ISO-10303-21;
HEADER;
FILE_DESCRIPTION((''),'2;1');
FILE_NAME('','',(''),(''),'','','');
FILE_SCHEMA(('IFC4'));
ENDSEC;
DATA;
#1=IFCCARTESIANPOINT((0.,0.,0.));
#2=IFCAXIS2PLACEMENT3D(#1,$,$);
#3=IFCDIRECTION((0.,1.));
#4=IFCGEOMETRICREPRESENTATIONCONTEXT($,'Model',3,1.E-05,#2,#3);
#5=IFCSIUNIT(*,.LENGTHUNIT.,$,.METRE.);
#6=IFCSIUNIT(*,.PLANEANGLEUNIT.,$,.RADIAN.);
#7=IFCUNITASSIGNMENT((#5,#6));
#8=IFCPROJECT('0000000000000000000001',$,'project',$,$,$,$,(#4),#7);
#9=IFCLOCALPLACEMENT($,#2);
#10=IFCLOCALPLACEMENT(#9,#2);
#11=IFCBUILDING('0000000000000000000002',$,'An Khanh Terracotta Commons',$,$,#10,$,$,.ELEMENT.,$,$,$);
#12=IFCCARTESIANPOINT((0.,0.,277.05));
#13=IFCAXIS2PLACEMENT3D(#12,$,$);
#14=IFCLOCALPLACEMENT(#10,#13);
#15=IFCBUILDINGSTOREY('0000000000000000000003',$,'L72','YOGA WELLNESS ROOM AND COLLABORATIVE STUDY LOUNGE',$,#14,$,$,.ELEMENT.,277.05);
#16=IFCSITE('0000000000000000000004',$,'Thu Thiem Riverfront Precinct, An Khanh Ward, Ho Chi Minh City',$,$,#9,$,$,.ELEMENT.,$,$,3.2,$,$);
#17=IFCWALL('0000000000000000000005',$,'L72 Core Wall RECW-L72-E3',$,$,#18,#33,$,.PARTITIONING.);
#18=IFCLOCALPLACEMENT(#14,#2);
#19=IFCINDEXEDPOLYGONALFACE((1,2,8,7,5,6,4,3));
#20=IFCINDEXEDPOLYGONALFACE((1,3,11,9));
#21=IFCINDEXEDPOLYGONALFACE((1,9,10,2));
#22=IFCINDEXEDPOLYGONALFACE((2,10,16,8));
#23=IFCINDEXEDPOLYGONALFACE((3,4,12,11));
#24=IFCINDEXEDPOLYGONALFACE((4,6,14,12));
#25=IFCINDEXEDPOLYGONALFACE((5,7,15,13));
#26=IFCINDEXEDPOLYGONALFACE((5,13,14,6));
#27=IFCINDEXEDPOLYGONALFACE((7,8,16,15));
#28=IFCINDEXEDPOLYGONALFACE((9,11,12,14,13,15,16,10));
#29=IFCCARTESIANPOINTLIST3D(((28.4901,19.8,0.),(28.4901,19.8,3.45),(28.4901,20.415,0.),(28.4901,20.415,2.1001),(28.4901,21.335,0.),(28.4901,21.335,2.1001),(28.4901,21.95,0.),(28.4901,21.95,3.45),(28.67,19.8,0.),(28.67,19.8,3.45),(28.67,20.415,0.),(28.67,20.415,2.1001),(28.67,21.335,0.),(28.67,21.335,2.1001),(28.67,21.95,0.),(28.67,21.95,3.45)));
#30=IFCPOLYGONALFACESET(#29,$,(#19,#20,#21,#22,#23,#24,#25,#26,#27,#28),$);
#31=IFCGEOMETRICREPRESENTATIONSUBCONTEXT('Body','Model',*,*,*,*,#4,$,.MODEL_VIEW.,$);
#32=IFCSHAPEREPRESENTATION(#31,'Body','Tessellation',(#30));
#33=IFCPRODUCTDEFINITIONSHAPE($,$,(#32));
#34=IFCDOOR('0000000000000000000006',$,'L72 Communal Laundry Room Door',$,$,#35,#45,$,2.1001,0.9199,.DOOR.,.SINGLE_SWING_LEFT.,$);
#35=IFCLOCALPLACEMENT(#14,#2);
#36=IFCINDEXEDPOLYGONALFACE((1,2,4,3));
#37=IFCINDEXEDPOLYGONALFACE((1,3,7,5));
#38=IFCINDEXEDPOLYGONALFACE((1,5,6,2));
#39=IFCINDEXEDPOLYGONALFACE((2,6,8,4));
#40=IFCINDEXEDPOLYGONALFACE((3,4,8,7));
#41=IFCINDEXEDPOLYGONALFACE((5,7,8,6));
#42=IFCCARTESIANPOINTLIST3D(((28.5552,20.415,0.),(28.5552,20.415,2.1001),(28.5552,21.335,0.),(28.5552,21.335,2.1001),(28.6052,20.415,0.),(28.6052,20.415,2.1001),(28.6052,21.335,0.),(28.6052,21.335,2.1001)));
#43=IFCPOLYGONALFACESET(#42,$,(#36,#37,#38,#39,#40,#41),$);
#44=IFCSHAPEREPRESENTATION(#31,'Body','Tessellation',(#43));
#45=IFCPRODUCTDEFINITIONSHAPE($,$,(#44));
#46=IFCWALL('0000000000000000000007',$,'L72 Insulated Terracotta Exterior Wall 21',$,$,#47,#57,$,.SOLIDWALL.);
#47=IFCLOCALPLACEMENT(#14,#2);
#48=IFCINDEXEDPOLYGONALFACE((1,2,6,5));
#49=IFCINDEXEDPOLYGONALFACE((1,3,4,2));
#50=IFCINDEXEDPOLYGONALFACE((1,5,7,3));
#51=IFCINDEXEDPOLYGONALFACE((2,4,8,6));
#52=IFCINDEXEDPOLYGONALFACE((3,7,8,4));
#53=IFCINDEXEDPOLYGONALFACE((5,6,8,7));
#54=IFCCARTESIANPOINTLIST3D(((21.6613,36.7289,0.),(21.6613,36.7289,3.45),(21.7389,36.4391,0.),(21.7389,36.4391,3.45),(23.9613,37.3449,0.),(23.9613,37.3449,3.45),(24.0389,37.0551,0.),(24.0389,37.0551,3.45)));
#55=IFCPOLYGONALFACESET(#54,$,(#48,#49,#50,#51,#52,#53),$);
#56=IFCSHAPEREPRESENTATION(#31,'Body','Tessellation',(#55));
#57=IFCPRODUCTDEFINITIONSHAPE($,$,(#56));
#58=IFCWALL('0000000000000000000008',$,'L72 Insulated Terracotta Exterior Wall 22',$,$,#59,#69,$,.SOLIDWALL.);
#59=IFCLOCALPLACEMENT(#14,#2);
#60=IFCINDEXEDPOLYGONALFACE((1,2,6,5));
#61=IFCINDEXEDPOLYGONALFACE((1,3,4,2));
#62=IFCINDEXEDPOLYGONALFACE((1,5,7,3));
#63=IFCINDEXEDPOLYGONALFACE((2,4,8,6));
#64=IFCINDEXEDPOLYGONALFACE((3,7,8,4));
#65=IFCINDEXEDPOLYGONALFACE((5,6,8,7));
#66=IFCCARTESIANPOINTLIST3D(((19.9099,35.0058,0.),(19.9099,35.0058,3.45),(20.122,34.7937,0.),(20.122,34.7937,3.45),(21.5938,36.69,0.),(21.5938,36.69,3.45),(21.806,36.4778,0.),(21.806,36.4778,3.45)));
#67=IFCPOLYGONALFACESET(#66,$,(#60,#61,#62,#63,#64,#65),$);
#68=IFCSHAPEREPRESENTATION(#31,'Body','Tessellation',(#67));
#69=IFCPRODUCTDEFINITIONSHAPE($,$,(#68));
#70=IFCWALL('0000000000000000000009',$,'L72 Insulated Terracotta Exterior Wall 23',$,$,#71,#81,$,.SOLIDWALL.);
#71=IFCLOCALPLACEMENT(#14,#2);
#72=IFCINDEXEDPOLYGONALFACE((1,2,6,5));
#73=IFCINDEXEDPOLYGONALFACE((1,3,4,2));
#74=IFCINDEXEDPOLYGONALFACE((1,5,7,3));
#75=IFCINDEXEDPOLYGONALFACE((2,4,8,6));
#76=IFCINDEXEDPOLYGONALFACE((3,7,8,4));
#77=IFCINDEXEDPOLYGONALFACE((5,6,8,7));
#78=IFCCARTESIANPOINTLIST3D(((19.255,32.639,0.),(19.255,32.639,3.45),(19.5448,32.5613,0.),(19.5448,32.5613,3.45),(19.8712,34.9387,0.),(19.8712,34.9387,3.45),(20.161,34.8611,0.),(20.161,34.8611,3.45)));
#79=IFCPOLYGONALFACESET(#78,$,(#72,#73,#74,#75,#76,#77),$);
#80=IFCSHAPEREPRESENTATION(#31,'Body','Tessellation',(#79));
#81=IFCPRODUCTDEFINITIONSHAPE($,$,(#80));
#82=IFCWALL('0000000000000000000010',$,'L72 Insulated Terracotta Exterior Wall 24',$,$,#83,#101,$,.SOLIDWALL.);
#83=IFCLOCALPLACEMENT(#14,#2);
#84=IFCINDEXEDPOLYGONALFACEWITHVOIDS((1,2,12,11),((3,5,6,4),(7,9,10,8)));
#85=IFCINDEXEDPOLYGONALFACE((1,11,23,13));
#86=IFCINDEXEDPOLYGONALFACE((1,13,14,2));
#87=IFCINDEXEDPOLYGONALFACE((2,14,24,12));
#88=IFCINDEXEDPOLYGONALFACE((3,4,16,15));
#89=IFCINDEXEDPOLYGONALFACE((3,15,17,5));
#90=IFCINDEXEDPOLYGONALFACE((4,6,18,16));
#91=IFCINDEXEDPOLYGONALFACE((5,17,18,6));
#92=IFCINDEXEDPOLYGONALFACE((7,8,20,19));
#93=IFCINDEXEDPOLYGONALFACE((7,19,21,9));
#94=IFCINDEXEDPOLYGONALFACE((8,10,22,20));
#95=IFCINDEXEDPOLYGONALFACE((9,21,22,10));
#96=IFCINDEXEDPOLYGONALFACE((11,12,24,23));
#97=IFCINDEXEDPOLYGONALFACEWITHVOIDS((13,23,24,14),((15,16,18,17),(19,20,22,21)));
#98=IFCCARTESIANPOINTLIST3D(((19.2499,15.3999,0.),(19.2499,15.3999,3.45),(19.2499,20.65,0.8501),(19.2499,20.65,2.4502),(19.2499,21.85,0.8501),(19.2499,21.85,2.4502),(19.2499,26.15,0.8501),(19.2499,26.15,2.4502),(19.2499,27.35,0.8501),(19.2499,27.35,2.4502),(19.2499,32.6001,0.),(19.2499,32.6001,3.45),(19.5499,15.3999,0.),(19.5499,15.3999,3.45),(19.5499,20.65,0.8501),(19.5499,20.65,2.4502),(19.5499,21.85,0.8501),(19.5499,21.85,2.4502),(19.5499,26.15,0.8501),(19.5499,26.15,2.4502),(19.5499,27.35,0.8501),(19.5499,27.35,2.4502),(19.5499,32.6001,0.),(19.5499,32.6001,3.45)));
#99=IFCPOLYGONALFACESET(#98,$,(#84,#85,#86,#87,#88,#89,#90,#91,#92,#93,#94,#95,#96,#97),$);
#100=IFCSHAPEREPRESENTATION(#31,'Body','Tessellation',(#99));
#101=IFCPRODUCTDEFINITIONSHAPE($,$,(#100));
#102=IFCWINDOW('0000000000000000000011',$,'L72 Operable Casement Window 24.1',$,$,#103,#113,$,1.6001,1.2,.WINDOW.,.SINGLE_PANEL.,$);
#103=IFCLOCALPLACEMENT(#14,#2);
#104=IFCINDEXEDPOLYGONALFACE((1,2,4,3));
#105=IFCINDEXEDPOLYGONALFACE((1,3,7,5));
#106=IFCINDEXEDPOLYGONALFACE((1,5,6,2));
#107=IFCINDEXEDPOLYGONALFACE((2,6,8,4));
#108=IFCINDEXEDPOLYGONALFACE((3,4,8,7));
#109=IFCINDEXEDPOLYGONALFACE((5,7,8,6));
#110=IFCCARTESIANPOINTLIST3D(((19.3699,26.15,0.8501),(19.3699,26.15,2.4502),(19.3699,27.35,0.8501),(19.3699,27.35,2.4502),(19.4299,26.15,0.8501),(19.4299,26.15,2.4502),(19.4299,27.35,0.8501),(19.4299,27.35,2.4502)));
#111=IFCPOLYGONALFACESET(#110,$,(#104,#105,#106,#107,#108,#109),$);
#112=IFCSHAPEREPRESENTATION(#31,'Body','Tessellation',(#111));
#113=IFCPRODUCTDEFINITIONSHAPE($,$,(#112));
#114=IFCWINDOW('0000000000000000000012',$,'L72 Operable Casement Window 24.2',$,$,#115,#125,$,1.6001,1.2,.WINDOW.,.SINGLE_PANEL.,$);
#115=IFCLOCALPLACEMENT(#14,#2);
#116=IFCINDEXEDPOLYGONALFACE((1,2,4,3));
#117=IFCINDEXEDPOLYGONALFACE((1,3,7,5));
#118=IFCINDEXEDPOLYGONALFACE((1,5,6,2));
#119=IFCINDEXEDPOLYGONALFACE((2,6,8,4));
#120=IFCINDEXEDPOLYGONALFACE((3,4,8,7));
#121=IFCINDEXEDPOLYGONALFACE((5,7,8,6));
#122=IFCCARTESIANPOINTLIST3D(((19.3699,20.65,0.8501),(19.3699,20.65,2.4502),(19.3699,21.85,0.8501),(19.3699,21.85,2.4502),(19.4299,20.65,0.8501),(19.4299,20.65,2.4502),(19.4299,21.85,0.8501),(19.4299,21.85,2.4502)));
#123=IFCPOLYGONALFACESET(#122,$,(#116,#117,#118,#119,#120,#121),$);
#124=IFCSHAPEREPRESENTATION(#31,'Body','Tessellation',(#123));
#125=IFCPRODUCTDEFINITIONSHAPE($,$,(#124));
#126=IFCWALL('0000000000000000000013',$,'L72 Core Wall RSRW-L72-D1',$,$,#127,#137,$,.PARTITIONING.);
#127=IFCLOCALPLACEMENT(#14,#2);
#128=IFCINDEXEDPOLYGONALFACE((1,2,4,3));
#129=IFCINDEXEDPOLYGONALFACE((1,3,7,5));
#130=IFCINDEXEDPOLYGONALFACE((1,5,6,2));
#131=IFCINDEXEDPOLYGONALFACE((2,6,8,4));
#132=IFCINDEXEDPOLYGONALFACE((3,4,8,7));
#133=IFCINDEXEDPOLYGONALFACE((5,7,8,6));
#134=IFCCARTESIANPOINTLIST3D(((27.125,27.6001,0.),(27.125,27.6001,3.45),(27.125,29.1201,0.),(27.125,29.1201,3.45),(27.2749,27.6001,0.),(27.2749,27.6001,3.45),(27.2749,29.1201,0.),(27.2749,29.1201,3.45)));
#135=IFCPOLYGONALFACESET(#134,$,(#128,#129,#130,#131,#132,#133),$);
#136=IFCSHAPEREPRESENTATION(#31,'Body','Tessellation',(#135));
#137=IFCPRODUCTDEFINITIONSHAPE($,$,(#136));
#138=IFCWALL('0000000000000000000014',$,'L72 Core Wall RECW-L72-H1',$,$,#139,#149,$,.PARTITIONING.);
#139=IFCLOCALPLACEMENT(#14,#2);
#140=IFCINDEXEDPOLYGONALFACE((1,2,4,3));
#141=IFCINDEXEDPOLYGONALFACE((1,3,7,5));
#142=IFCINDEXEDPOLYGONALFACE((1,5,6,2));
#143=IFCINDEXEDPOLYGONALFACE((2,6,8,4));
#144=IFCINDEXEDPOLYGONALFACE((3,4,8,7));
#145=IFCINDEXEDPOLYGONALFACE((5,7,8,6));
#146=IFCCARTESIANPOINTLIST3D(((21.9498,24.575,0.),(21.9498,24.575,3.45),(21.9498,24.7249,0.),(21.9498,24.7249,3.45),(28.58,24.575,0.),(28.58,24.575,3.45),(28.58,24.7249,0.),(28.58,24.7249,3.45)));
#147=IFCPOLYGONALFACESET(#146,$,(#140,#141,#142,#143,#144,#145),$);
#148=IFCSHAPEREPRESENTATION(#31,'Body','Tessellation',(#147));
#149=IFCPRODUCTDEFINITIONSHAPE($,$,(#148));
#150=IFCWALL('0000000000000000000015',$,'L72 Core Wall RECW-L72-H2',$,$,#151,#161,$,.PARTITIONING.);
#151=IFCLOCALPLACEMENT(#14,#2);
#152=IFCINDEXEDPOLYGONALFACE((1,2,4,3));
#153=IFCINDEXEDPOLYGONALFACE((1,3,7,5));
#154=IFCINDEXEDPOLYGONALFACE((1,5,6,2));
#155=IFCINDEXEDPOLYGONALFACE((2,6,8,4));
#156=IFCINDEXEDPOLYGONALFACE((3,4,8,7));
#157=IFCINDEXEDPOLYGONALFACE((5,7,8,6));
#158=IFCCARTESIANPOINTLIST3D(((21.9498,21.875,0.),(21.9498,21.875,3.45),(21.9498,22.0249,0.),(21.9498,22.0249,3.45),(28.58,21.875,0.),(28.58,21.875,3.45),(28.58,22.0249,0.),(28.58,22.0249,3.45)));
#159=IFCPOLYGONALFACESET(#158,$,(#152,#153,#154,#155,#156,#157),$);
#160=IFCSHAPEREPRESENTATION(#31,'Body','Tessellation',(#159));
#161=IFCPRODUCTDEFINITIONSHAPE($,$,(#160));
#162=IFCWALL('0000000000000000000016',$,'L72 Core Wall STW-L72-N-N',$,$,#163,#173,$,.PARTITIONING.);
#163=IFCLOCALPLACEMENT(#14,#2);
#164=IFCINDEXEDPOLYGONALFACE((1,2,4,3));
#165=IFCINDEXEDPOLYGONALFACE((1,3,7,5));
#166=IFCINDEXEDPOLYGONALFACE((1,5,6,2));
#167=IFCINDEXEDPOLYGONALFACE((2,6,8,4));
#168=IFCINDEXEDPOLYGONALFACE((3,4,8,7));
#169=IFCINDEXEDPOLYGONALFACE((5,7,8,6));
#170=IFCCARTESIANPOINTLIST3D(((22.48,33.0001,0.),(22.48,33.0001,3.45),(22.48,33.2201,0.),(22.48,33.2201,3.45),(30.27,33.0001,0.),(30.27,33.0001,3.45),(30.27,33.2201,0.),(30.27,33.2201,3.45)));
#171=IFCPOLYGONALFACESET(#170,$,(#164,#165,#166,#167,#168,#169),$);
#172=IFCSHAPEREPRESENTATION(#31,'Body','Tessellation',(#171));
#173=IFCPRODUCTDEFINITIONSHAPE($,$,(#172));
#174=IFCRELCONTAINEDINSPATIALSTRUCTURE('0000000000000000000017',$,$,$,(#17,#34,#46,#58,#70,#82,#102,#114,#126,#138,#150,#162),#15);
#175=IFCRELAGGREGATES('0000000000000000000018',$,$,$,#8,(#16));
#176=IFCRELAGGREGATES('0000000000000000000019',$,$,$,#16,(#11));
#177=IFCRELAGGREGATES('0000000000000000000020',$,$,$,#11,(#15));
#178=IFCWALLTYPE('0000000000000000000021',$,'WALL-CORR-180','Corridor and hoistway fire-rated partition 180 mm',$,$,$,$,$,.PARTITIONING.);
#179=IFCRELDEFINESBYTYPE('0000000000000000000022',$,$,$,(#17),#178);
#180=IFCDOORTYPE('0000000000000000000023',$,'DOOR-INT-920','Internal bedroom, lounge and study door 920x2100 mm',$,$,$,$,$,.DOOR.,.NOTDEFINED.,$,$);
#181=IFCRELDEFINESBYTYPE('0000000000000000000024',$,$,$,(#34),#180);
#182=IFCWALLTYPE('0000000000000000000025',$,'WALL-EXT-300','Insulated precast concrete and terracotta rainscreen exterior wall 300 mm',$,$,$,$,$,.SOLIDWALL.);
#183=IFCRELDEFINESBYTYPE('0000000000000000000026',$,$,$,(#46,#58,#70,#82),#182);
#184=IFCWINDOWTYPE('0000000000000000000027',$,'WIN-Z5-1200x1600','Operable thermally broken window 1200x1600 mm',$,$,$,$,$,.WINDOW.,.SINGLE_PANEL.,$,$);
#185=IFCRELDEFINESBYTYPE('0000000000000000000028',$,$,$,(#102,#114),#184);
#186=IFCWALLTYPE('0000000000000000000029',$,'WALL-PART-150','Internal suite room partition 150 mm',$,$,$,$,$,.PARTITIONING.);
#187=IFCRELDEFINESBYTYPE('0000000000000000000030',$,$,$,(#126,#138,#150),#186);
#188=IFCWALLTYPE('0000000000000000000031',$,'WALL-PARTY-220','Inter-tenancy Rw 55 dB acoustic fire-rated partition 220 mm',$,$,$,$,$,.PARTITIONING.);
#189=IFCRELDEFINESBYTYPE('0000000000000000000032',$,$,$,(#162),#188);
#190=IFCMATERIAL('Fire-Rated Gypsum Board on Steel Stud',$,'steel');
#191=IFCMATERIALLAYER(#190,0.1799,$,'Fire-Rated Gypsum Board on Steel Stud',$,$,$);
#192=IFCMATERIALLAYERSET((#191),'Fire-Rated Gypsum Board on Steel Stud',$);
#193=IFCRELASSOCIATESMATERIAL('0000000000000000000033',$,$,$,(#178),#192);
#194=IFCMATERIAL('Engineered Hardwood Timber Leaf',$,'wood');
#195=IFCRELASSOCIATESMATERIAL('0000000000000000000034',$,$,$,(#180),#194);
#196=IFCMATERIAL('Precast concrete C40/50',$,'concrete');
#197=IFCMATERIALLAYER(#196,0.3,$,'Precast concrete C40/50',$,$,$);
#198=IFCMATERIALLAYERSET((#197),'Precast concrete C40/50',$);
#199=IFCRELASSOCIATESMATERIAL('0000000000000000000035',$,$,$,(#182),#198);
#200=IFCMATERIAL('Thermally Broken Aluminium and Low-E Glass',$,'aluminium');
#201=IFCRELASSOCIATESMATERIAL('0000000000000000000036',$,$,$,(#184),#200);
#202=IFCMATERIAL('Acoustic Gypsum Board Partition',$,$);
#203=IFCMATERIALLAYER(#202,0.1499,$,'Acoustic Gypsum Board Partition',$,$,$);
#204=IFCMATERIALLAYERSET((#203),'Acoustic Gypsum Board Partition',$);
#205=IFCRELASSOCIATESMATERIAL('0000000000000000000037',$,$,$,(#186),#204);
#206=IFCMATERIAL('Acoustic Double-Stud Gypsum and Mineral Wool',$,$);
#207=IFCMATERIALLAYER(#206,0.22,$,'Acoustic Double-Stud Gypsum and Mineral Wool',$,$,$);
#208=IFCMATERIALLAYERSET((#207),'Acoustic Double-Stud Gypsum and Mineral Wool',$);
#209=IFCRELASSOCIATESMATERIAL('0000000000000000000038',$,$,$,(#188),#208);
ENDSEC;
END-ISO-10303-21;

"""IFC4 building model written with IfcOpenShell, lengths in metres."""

from ifc_helpers import new_model, si_unit, direction, frame, frame_2d, origin, place, context, subcontext, project, spatial, rectangle, extrude, material, layer, layer_set, type_object, element, fill, save


model = new_model("IFC4")

# Units and contexts
model_context = context("Model", 3, precision=1e-05, world=origin(), true_north=direction((0.0, 1.0)))
body_context = subcontext(model_context, "Body", "Model", "MODEL_VIEW")
ifc_project = project(units=[si_unit("LENGTHUNIT", "METRE"), si_unit("PLANEANGLEUNIT", "RADIAN")], contexts=[model_context])

# Site, building, storey
site_placement = place(None, origin())
site = spatial("IfcSite", under=ifc_project, at=site_placement, Name="Thu Thiem Riverfront Precinct, An Khanh Ward, Ho Chi Minh City", CompositionType="ELEMENT", RefElevation=3.2)
building_placement = place(site_placement, origin())
building = spatial("IfcBuilding", under=site, at=building_placement, Name="An Khanh Terracotta Commons", CompositionType="ELEMENT")
storey_placement = place(building_placement, frame((0.0, 0.0, 277.05)))
storey = spatial("IfcBuildingStorey", under=building, at=storey_placement, Name="L72", Description="YOGA WELLNESS ROOM AND COLLABORATIVE STUDY LOUNGE", CompositionType="ELEMENT", Elevation=277.05)

# Shared definitions
ifc_material_1 = material(Name="Fire-Rated Gypsum Board on Steel Stud", Category="steel")
ifc_layer_1 = layer(ifc_material_1, 0.1799, Name="Fire-Rated Gypsum Board on Steel Stud")
ifc_layer_set_1 = layer_set([ifc_layer_1], Name="Fire-Rated Gypsum Board on Steel Stud")
wall_type_1 = type_object("IfcWallType", Name="WALL-CORR-180", Description="Corridor and hoistway fire-rated partition 180 mm", PredefinedType="PARTITIONING", material=ifc_layer_set_1)

# Wall, opening, door
ifc_material_2 = material(Name="Engineered Hardwood Timber Leaf", Category="wood")
door_type = type_object("IfcDoorType", Name="DOOR-INT-920", Description="Internal bedroom, lounge and study door 920x2100 mm", OperationType="NOTDEFINED", PredefinedType="DOOR", material=ifc_material_2)
wall_1_placement = place(storey_placement, frame((28.5801, 19.8, 0.0), z_axis=(0.0, 0.0, 1.0), x_axis=(0.0, 1.0, 0.0)))
wall_1 = element("IfcWall", 1, at=wall_1_placement, inside=storey, type_object=wall_type_1, Name="L72 Core Wall RECW-L72-E3", PredefinedType="PARTITIONING", context=body_context, shape_type="SweptSolid", body=[
    extrude(rectangle(XDim=2.1499, YDim=0.1799, at=frame_2d((1.075, 0.0))), origin(), (0.0, 0.0, 1.0), 3.45),
])
opening_1_placement = place(wall_1_placement, frame((0.615, 0.0, 0.0)))
opening_1 = element("IfcOpeningElement", 2, at=opening_1_placement, cuts=wall_1, PredefinedType="OPENING", context=body_context, shape_type="SweptSolid", body=[
    extrude(rectangle(XDim=0.9199, YDim=2.1001, at=frame_2d((0.46, 1.05))), frame((0.0, 0.0999, 0.0), z_axis=(0.0, -1.0, 0.0), x_axis=(1.0, 0.0, 0.0)), (0.0, 0.0, 1.0), 0.2),
])
door_1_placement = place(opening_1_placement, origin())
door_1 = element("IfcDoor", 3, at=door_1_placement, inside=storey, type_object=door_type, Name="L72 Communal Laundry Room Door", OperationType="SINGLE_SWING_LEFT", OverallHeight=2.1001, OverallWidth=0.9199, PredefinedType="DOOR", context=body_context, shape_type="SweptSolid", body=[
    extrude(rectangle(XDim=0.9199, YDim=2.1001, at=frame_2d((0.46, 1.05))), frame((0.0, 0.0249, 0.0), z_axis=(0.0, -1.0, 0.0), x_axis=(1.0, 0.0, 0.0)), (0.0, 0.0, 1.0), 0.05),
])
fill(opening_1, door_1)

# Walls
ifc_material_3 = material(Name="Precast concrete C40/50", Category="concrete")
ifc_layer_2 = layer(ifc_material_3, 0.3, Name="Precast concrete C40/50")
ifc_layer_set_2 = layer_set([ifc_layer_2], Name="Precast concrete C40/50")
wall_type_2 = type_object("IfcWallType", Name="WALL-EXT-300", Description="Insulated precast concrete and terracotta rainscreen exterior wall 300 mm", PredefinedType="SOLIDWALL", material=ifc_layer_set_2)
wall_2_placement = place(storey_placement, frame((24.0, 37.2, 0.0), z_axis=(0.0, 0.0, 1.0), x_axis=(-0.96596, -0.25869, 0.0)))
element("IfcWall", 4, at=wall_2_placement, inside=storey, type_object=wall_type_2, Name="L72 Insulated Terracotta Exterior Wall 21", PredefinedType="SOLIDWALL", context=body_context, shape_type="SweptSolid", body=[
    extrude(rectangle(XDim=2.3811, YDim=0.3, at=frame_2d((1.1904, 0.0))), origin(), (0.0, 0.0, 1.0), 3.45),
])
wall_3_placement = place(storey_placement, frame((21.7, 36.584, 0.0), z_axis=(0.0, 0.0, 1.0), x_axis=(-0.707056, -0.707158, 0.0)))
element("IfcWall", 5, at=wall_3_placement, inside=storey, type_object=wall_type_2, Name="L72 Insulated Terracotta Exterior Wall 22", PredefinedType="SOLIDWALL", context=body_context, shape_type="SweptSolid", body=[
    extrude(rectangle(XDim=2.3816, YDim=0.3, at=frame_2d((1.1909, 0.0))), origin(), (0.0, 0.0, 1.0), 3.45),
])
wall_4_placement = place(storey_placement, frame((20.0161, 34.8999, 0.0), z_axis=(0.0, 0.0, 1.0), x_axis=(-0.258811, -0.965928, 0.0)))
element("IfcWall", 6, at=wall_4_placement, inside=storey, type_object=wall_type_2, Name="L72 Insulated Terracotta Exterior Wall 23", PredefinedType="SOLIDWALL", context=body_context, shape_type="SweptSolid", body=[
    extrude(rectangle(XDim=2.3809, YDim=0.3, at=frame_2d((1.1904, 0.0))), origin(), (0.0, 0.0, 1.0), 3.45),
])

# Wall, openings, windows
wall_5_placement = place(storey_placement, frame((19.3999, 32.6001, 0.0), z_axis=(0.0, 0.0, 1.0), x_axis=(0.0, -1.0, 0.0)))
wall_5 = element("IfcWall", 7, at=wall_5_placement, inside=storey, type_object=wall_type_2, Name="L72 Insulated Terracotta Exterior Wall 24", PredefinedType="SOLIDWALL", context=body_context, shape_type="SweptSolid", body=[
    extrude(rectangle(XDim=17.2002, YDim=0.3, at=frame_2d((8.6001, 0.0))), origin(), (0.0, 0.0, 1.0), 3.45),
])
opening_2_placement = place(wall_5_placement, frame((5.25, 0.0, 0.8501)))
opening_2 = element("IfcOpeningElement", 8, at=opening_2_placement, cuts=wall_5, PredefinedType="OPENING", context=body_context, shape_type="SweptSolid", body=[
    extrude(rectangle(XDim=1.2, YDim=1.6001, at=frame_2d((0.6001, 0.8))), frame((0.0, 0.1599, 0.0), z_axis=(0.0, -1.0, 0.0), x_axis=(1.0, 0.0, 0.0)), (0.0, 0.0, 1.0), 0.3201),
])
opening_3_placement = place(wall_5_placement, frame((10.75, 0.0, 0.8501)))
opening_3 = element("IfcOpeningElement", 9, at=opening_3_placement, cuts=wall_5, PredefinedType="OPENING", context=body_context, shape_type="SweptSolid", body=[
    extrude(rectangle(XDim=1.2, YDim=1.6001, at=frame_2d((0.6001, 0.8))), frame((0.0, 0.1599, 0.0), z_axis=(0.0, -1.0, 0.0), x_axis=(1.0, 0.0, 0.0)), (0.0, 0.0, 1.0), 0.3201),
])
ifc_material_4 = material(Name="Thermally Broken Aluminium and Low-E Glass", Category="aluminium")
window_type = type_object("IfcWindowType", Name="WIN-Z5-1200x1600", Description="Operable thermally broken window 1200x1600 mm", PartitioningType="SINGLE_PANEL", PredefinedType="WINDOW", material=ifc_material_4)
window_1_placement = place(opening_2_placement, origin())
window_1 = element("IfcWindow", 10, at=window_1_placement, inside=storey, type_object=window_type, Name="L72 Operable Casement Window 24.1", OverallHeight=1.6001, OverallWidth=1.2, PartitioningType="SINGLE_PANEL", PredefinedType="WINDOW", context=body_context, shape_type="SweptSolid", body=[
    extrude(rectangle(XDim=1.2, YDim=1.6001, at=frame_2d((0.6001, 0.8))), frame((0.0, 0.03, 0.0), z_axis=(0.0, -1.0, 0.0), x_axis=(1.0, 0.0, 0.0)), (0.0, 0.0, 1.0), 0.0601),
])
fill(opening_2, window_1)
window_2_placement = place(opening_3_placement, origin())
window_2 = element("IfcWindow", 11, at=window_2_placement, inside=storey, type_object=window_type, Name="L72 Operable Casement Window 24.2", OverallHeight=1.6001, OverallWidth=1.2, PartitioningType="SINGLE_PANEL", PredefinedType="WINDOW", context=body_context, shape_type="SweptSolid", body=[
    extrude(rectangle(XDim=1.2, YDim=1.6001, at=frame_2d((0.6001, 0.8))), frame((0.0, 0.03, 0.0), z_axis=(0.0, -1.0, 0.0), x_axis=(1.0, 0.0, 0.0)), (0.0, 0.0, 1.0), 0.0601),
])
fill(opening_3, window_2)

# Walls
ifc_material_5 = material(Name="Acoustic Gypsum Board Partition")
ifc_layer_3 = layer(ifc_material_5, 0.1499, Name="Acoustic Gypsum Board Partition")
ifc_layer_set_3 = layer_set([ifc_layer_3], Name="Acoustic Gypsum Board Partition")
wall_type_3 = type_object("IfcWallType", Name="WALL-PART-150", Description="Internal suite room partition 150 mm", PredefinedType="PARTITIONING", material=ifc_layer_set_3)
wall_6_placement = place(storey_placement, frame((27.2, 27.6001, 0.0), z_axis=(0.0, 0.0, 1.0), x_axis=(0.0, 1.0, 0.0)))
element("IfcWall", 12, at=wall_6_placement, inside=storey, type_object=wall_type_3, Name="L72 Core Wall RSRW-L72-D1", PredefinedType="PARTITIONING", context=body_context, shape_type="SweptSolid", body=[
    extrude(rectangle(XDim=1.52, YDim=0.1499, at=frame_2d((0.76, 0.0))), origin(), (0.0, 0.0, 1.0), 3.45),
])
for number, where, z_axis, x_axis, name in (
    (13, (21.95, 24.6499, 0.0), (0.0, 0.0, 1.0), (1.0, 0.0, 0.0), "L72 Core Wall RECW-L72-H1"),
    (14, (21.95, 21.95, 0.0), (0.0, 0.0, 1.0), (1.0, 0.0, 0.0), "L72 Core Wall RECW-L72-H2"),
):
    element("IfcWall", number, at=place(storey_placement, frame(where, z_axis=z_axis, x_axis=x_axis)), inside=storey, type_object=wall_type_3, Name=name, PredefinedType="PARTITIONING", context=body_context, shape_type="SweptSolid", body=[
        extrude(rectangle(XDim=6.6301, YDim=0.1499, at=frame_2d((3.3149, 0.0))), origin(), (0.0, 0.0, 1.0), 3.45),
    ])
ifc_material_6 = material(Name="Acoustic Double-Stud Gypsum and Mineral Wool")
ifc_layer_4 = layer(ifc_material_6, 0.22, Name="Acoustic Double-Stud Gypsum and Mineral Wool")
ifc_layer_set_4 = layer_set([ifc_layer_4], Name="Acoustic Double-Stud Gypsum and Mineral Wool")
wall_type_4 = type_object("IfcWallType", Name="WALL-PARTY-220", Description="Inter-tenancy Rw 55 dB acoustic fire-rated partition 220 mm", PredefinedType="PARTITIONING", material=ifc_layer_set_4)
wall_7_placement = place(storey_placement, frame((22.48, 33.1101, 0.0), z_axis=(0.0, 0.0, 1.0), x_axis=(1.0, 0.0, 0.0)))
element("IfcWall", 15, at=wall_7_placement, inside=storey, type_object=wall_type_4, Name="L72 Core Wall STW-L72-N-N", PredefinedType="PARTITIONING", context=body_context, shape_type="SweptSolid", body=[
    extrude(rectangle(XDim=7.79, YDim=0.22, at=frame_2d((3.895, 0.0))), origin(), (0.0, 0.0, 1.0), 3.45),
])

save(model, "model.ifc")
